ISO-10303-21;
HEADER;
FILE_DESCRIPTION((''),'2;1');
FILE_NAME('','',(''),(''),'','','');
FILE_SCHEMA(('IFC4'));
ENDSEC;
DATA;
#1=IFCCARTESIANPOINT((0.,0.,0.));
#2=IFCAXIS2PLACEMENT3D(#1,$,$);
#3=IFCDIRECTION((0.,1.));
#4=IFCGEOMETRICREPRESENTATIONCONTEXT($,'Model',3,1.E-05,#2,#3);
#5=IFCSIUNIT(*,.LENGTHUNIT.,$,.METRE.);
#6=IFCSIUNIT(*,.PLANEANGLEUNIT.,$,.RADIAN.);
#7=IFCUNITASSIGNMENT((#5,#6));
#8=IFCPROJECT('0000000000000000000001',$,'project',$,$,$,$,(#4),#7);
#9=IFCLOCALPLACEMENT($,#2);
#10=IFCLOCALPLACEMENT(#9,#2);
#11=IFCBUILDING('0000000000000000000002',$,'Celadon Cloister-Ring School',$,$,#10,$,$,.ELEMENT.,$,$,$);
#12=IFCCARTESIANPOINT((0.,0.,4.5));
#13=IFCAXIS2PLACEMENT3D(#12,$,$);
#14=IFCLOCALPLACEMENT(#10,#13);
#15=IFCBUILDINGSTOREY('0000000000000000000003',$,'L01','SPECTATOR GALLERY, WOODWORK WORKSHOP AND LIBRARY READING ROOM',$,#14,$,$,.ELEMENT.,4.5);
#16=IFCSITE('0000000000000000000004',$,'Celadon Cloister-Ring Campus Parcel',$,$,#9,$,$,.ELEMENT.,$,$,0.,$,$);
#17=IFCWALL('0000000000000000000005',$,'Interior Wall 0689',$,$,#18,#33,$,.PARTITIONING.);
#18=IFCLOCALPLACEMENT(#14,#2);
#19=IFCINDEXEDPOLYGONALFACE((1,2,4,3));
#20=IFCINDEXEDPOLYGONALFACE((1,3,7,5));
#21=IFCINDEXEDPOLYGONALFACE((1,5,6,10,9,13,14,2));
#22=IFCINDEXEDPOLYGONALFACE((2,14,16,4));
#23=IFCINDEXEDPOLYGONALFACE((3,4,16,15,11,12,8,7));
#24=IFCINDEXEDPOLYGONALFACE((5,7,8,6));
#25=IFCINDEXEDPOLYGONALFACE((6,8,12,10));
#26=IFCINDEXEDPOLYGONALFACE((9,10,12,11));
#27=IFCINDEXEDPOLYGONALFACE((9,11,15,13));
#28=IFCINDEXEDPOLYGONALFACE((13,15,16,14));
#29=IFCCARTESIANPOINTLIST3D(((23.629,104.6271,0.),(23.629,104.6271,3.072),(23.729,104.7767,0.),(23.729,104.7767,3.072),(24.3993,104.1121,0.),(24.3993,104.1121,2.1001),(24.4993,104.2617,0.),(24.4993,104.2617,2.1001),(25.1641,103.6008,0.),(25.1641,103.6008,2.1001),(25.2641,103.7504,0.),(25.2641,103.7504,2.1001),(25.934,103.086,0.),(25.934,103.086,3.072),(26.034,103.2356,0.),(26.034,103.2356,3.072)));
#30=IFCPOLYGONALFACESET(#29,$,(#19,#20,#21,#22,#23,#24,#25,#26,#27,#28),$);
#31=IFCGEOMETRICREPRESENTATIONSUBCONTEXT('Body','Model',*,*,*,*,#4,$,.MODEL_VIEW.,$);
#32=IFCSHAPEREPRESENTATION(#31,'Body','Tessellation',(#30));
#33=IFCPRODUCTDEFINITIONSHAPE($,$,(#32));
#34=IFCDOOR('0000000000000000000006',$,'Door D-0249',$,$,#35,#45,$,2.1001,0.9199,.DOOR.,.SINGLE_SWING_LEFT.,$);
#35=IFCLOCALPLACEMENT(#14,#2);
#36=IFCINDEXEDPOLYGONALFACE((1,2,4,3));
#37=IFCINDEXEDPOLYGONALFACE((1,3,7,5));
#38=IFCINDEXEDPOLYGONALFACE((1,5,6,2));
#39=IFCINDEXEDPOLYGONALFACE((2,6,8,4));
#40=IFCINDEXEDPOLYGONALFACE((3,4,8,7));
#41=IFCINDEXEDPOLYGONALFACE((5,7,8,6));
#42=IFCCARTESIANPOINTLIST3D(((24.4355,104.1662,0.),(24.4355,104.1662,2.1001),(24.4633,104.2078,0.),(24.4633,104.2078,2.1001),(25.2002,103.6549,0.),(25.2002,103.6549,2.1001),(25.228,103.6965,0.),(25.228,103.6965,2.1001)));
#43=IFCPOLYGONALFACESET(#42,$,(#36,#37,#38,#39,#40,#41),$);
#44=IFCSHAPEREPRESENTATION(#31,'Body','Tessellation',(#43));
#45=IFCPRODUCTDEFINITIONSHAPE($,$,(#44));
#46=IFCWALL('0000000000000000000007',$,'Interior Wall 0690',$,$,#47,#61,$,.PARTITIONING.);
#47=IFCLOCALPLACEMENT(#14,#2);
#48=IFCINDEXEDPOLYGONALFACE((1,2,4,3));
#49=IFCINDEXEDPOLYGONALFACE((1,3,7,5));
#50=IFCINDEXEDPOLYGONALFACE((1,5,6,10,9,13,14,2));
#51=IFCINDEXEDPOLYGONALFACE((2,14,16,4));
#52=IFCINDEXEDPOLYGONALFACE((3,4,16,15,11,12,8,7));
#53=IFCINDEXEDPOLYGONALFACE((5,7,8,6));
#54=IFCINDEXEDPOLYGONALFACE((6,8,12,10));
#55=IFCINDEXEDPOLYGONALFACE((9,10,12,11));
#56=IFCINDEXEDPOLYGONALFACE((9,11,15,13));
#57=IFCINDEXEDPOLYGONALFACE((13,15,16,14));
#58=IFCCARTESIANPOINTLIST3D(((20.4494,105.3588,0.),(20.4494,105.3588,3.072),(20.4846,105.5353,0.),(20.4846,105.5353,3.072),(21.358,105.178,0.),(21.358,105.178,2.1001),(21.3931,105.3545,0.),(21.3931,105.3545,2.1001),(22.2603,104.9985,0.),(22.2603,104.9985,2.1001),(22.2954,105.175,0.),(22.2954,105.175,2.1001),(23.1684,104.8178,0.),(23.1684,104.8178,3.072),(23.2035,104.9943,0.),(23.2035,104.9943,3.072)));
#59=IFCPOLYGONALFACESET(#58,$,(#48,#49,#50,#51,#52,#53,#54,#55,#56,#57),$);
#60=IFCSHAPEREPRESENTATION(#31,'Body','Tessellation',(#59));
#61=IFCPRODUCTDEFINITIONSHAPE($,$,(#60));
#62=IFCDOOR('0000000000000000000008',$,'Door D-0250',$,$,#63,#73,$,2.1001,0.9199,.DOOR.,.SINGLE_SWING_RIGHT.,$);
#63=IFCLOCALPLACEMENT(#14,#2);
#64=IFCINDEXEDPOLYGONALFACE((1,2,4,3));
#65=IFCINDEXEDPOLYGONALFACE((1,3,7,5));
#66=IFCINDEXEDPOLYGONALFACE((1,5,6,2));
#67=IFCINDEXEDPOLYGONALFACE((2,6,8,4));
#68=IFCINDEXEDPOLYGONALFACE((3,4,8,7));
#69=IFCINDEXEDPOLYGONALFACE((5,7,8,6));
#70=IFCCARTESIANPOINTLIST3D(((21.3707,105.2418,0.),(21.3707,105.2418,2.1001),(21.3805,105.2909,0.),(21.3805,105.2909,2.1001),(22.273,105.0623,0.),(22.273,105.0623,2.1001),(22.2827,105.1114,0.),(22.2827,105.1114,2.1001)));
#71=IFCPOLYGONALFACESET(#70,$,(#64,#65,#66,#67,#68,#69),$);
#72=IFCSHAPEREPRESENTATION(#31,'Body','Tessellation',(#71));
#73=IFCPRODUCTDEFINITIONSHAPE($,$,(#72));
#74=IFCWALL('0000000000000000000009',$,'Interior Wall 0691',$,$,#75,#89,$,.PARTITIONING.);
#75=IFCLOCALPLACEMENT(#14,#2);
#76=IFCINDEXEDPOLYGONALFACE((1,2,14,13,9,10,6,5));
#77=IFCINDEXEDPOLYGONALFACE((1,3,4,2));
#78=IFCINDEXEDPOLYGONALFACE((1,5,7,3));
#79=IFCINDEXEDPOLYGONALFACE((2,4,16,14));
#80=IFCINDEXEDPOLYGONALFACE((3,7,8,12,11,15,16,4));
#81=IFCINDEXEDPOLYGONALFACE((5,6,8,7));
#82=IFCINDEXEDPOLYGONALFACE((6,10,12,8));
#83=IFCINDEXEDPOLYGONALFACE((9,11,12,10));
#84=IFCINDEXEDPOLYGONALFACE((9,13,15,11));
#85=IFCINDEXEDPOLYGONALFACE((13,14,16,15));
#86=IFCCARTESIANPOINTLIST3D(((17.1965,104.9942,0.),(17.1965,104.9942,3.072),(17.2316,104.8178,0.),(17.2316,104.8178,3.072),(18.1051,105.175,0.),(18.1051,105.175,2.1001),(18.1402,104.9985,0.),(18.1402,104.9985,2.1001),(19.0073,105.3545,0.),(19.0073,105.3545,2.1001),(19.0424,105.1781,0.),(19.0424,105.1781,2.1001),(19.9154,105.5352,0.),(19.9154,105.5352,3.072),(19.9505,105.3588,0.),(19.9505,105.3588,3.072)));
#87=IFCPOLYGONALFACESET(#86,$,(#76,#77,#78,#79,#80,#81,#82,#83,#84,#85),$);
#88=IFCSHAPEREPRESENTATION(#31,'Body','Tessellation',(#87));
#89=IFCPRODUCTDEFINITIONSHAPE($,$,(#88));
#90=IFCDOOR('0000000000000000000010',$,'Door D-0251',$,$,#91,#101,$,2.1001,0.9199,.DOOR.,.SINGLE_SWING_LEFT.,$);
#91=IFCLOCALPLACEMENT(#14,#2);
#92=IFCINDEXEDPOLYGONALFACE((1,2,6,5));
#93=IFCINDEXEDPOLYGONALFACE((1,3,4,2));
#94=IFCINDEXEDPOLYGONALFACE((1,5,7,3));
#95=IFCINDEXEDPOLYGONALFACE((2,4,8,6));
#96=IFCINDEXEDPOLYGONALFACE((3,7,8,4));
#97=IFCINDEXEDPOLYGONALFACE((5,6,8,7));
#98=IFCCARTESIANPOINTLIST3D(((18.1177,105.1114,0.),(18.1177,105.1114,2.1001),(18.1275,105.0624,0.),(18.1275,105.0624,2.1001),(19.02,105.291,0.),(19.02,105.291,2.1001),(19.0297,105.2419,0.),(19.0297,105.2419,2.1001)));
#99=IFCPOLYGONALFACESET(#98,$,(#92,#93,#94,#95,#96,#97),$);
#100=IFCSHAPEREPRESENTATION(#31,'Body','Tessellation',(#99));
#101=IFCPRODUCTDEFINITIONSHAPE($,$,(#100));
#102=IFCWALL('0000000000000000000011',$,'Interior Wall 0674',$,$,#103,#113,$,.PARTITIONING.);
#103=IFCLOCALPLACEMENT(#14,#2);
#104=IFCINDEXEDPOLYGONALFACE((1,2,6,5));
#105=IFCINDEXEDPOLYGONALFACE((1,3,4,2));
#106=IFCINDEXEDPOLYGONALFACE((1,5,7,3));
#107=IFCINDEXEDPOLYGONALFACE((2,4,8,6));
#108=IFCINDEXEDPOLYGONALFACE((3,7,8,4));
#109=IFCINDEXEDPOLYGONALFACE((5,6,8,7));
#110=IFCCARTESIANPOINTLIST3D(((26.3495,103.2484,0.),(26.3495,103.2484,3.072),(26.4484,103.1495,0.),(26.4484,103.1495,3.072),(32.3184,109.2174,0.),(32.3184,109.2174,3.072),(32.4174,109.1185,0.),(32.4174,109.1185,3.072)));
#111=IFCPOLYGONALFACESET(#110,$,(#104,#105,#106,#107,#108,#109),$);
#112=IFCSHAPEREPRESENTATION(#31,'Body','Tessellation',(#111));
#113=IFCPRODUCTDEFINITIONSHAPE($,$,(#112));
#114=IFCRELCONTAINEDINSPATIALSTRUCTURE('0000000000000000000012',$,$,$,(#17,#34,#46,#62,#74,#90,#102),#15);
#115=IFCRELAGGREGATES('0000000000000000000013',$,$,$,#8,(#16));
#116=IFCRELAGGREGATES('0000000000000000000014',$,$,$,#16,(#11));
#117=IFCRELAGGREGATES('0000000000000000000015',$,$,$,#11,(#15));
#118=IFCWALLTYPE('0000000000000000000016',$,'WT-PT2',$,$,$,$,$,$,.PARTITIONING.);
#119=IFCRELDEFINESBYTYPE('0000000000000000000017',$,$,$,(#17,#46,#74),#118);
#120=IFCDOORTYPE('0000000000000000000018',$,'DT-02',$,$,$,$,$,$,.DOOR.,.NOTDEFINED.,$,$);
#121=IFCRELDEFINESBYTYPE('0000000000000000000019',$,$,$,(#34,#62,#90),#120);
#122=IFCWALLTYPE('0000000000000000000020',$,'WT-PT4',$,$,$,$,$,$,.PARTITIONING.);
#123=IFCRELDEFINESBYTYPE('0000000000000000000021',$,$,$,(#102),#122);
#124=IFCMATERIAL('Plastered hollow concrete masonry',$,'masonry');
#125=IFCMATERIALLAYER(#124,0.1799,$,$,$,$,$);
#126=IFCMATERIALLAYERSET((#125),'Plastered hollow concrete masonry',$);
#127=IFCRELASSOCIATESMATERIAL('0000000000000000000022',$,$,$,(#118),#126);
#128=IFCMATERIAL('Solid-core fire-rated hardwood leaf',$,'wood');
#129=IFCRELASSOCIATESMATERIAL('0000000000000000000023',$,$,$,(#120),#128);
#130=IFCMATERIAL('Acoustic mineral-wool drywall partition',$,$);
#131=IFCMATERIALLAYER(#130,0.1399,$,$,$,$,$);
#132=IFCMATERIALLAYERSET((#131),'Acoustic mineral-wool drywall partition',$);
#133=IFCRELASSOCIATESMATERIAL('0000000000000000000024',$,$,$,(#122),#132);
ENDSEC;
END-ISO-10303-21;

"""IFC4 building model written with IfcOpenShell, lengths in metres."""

from ifc_helpers import new_model, si_unit, direction, frame, frame_2d, origin, place, context, subcontext, project, spatial, rectangle, extrude, material, layer, layer_set, type_object, element, fill, save


model = new_model("IFC4")

# Units and contexts
model_context = context("Model", 3, precision=1e-05, world=origin(), true_north=direction((0.0, 1.0)))
body_context = subcontext(model_context, "Body", "Model", "MODEL_VIEW")
ifc_project = project(units=[si_unit("LENGTHUNIT", "METRE"), si_unit("PLANEANGLEUNIT", "RADIAN")], contexts=[model_context])

# Site, building, storey
site_placement = place(None, origin())
site = spatial("IfcSite", under=ifc_project, at=site_placement, Name="Celadon Cloister-Ring Campus Parcel", CompositionType="ELEMENT", RefElevation=0.0)
building_placement = place(site_placement, origin())
building = spatial("IfcBuilding", under=site, at=building_placement, Name="Celadon Cloister-Ring School", CompositionType="ELEMENT")
storey_placement = place(building_placement, frame((0.0, 0.0, 4.5)))
storey = spatial("IfcBuildingStorey", under=building, at=storey_placement, Name="L01", Description="SPECTATOR GALLERY, WOODWORK WORKSHOP AND LIBRARY READING ROOM", CompositionType="ELEMENT", Elevation=4.5)

# Walls, openings, doors
ifc_material_1 = material(Name="Plastered hollow concrete masonry", Category="masonry")
ifc_layer_1 = layer(ifc_material_1, 0.1799)
ifc_layer_set_1 = layer_set([ifc_layer_1], Name="Plastered hollow concrete masonry")
wall_type_1 = type_object("IfcWallType", Name="WT-PT2", PredefinedType="PARTITIONING", material=ifc_layer_set_1)
wall_1_placement = place(storey_placement, frame((25.9839, 103.1609, 0.0), z_axis=(0.0, 0.0, 1.0), x_axis=(-0.831318, 0.555797, 0.0)))
wall_1 = element("IfcWall", 1, at=wall_1_placement, inside=storey, type_object=wall_type_1, Name="Interior Wall 0689", PredefinedType="PARTITIONING", context=body_context, shape_type="SweptSolid", body=[
    extrude(rectangle(XDim=2.7727, YDim=0.1799, at=frame_2d((1.3862, 0.0))), origin(), (0.0, 0.0, 1.0), 3.072),
])
opening_1_placement = place(wall_1_placement, frame((0.926, 0.0, 0.0)))
opening_1 = element("IfcOpeningElement", 2, at=opening_1_placement, cuts=wall_1, PredefinedType="OPENING", context=body_context, shape_type="SweptSolid", body=[
    extrude(rectangle(XDim=0.9199, YDim=2.1001, at=frame_2d((0.46, 1.05))), frame((0.0, 0.1001, 0.0), z_axis=(0.0, -1.0, 0.0), x_axis=(1.0, 0.0, 0.0)), (0.0, 0.0, 1.0), 0.2),
])
ifc_material_2 = material(Name="Solid-core fire-rated hardwood leaf", Category="wood")
door_type = type_object("IfcDoorType", Name="DT-02", OperationType="NOTDEFINED", PredefinedType="DOOR", material=ifc_material_2)
door_1_placement = place(opening_1_placement, origin())
door_1 = element("IfcDoor", 3, at=door_1_placement, inside=storey, type_object=door_type, Name="Door D-0249", OperationType="SINGLE_SWING_LEFT", OverallHeight=2.1001, OverallWidth=0.9199, PredefinedType="DOOR", context=body_context, shape_type="SweptSolid", body=[
    extrude(rectangle(XDim=0.9199, YDim=2.1001, at=frame_2d((0.46, 1.05))), frame((0.0, 0.0249, 0.0), z_axis=(0.0, -1.0, 0.0), x_axis=(1.0, 0.0, 0.0)), (0.0, 0.0, 1.0), 0.05),
])
fill(opening_1, door_1)
wall_2_placement = place(storey_placement, frame((23.186, 104.906, 0.0), z_axis=(0.0, 0.0, 1.0), x_axis=(-0.980773, 0.195151, 0.0)))
wall_2 = element("IfcWall", 4, at=wall_2_placement, inside=storey, type_object=wall_type_1, Name="Interior Wall 0690", PredefinedType="PARTITIONING", context=body_context, shape_type="SweptSolid", body=[
    extrude(rectangle(XDim=2.7722, YDim=0.1799, at=frame_2d((1.3862, 0.0))), origin(), (0.0, 0.0, 1.0), 3.072),
])
opening_2_placement = place(wall_2_placement, frame((0.926, 0.0, 0.0)))
opening_2 = element("IfcOpeningElement", 5, at=opening_2_placement, cuts=wall_2, PredefinedType="OPENING", context=body_context, shape_type="SweptSolid", body=[
    extrude(rectangle(XDim=0.9199, YDim=2.1001, at=frame_2d((0.46, 1.05))), frame((0.0, 0.1001, 0.0), z_axis=(0.0, -1.0, 0.0), x_axis=(1.0, 0.0, 0.0)), (0.0, 0.0, 1.0), 0.2),
])
door_2_placement = place(opening_2_placement, origin())
door_2 = element("IfcDoor", 6, at=door_2_placement, inside=storey, type_object=door_type, Name="Door D-0250", OperationType="SINGLE_SWING_RIGHT", OverallHeight=2.1001, OverallWidth=0.9199, PredefinedType="DOOR", context=body_context, shape_type="SweptSolid", body=[
    extrude(rectangle(XDim=0.9199, YDim=2.1001, at=frame_2d((0.46, 1.05))), frame((0.0, 0.0249, 0.0), z_axis=(0.0, -1.0, 0.0), x_axis=(1.0, 0.0, 0.0)), (0.0, 0.0, 1.0), 0.05),
])
fill(opening_2, door_2)
wall_3_placement = place(storey_placement, frame((19.9331, 105.447, 0.0), z_axis=(0.0, 0.0, 1.0), x_axis=(-0.980773, -0.195151, 0.0)))
wall_3 = element("IfcWall", 7, at=wall_3_placement, inside=storey, type_object=wall_type_1, Name="Interior Wall 0691", PredefinedType="PARTITIONING", context=body_context, shape_type="SweptSolid", body=[
    extrude(rectangle(XDim=2.7722, YDim=0.1799, at=frame_2d((1.3862, 0.0))), origin(), (0.0, 0.0, 1.0), 3.072),
])
opening_3_placement = place(wall_3_placement, frame((0.926, 0.0, 0.0)))
opening_3 = element("IfcOpeningElement", 8, at=opening_3_placement, cuts=wall_3, PredefinedType="OPENING", context=body_context, shape_type="SweptSolid", body=[
    extrude(rectangle(XDim=0.9199, YDim=2.1001, at=frame_2d((0.46, 1.05))), frame((0.0, 0.1001, 0.0), z_axis=(0.0, -1.0, 0.0), x_axis=(1.0, 0.0, 0.0)), (0.0, 0.0, 1.0), 0.2),
])
door_3_placement = place(opening_3_placement, origin())
door_3 = element("IfcDoor", 9, at=door_3_placement, inside=storey, type_object=door_type, Name="Door D-0251", OperationType="SINGLE_SWING_LEFT", OverallHeight=2.1001, OverallWidth=0.9199, PredefinedType="DOOR", context=body_context, shape_type="SweptSolid", body=[
    extrude(rectangle(XDim=0.9199, YDim=2.1001, at=frame_2d((0.46, 1.05))), frame((0.0, 0.0249, 0.0), z_axis=(0.0, -1.0, 0.0), x_axis=(1.0, 0.0, 0.0)), (0.0, 0.0, 1.0), 0.05),
])
fill(opening_3, door_3)

# Wall
ifc_material_3 = material(Name="Acoustic mineral-wool drywall partition")
ifc_layer_2 = layer(ifc_material_3, 0.1399)
ifc_layer_set_2 = layer_set([ifc_layer_2], Name="Acoustic mineral-wool drywall partition")
wall_type_2 = type_object("IfcWallType", Name="WT-PT4", PredefinedType="PARTITIONING", material=ifc_layer_set_2)
wall_4_placement = place(storey_placement, frame((26.3989, 103.199, 0.0), z_axis=(0.0, 0.0, 1.0), x_axis=(0.707107, 0.707107, 0.0)))
element("IfcWall", 10, at=wall_4_placement, inside=storey, type_object=wall_type_2, Name="Interior Wall 0674", PredefinedType="PARTITIONING", context=body_context, shape_type="SweptSolid", body=[
    extrude(rectangle(XDim=8.4414, YDim=0.1399, at=frame_2d((4.2207, 0.0))), origin(), (0.0, 0.0, 1.0), 3.072),
])

save(model, "model.ifc")
